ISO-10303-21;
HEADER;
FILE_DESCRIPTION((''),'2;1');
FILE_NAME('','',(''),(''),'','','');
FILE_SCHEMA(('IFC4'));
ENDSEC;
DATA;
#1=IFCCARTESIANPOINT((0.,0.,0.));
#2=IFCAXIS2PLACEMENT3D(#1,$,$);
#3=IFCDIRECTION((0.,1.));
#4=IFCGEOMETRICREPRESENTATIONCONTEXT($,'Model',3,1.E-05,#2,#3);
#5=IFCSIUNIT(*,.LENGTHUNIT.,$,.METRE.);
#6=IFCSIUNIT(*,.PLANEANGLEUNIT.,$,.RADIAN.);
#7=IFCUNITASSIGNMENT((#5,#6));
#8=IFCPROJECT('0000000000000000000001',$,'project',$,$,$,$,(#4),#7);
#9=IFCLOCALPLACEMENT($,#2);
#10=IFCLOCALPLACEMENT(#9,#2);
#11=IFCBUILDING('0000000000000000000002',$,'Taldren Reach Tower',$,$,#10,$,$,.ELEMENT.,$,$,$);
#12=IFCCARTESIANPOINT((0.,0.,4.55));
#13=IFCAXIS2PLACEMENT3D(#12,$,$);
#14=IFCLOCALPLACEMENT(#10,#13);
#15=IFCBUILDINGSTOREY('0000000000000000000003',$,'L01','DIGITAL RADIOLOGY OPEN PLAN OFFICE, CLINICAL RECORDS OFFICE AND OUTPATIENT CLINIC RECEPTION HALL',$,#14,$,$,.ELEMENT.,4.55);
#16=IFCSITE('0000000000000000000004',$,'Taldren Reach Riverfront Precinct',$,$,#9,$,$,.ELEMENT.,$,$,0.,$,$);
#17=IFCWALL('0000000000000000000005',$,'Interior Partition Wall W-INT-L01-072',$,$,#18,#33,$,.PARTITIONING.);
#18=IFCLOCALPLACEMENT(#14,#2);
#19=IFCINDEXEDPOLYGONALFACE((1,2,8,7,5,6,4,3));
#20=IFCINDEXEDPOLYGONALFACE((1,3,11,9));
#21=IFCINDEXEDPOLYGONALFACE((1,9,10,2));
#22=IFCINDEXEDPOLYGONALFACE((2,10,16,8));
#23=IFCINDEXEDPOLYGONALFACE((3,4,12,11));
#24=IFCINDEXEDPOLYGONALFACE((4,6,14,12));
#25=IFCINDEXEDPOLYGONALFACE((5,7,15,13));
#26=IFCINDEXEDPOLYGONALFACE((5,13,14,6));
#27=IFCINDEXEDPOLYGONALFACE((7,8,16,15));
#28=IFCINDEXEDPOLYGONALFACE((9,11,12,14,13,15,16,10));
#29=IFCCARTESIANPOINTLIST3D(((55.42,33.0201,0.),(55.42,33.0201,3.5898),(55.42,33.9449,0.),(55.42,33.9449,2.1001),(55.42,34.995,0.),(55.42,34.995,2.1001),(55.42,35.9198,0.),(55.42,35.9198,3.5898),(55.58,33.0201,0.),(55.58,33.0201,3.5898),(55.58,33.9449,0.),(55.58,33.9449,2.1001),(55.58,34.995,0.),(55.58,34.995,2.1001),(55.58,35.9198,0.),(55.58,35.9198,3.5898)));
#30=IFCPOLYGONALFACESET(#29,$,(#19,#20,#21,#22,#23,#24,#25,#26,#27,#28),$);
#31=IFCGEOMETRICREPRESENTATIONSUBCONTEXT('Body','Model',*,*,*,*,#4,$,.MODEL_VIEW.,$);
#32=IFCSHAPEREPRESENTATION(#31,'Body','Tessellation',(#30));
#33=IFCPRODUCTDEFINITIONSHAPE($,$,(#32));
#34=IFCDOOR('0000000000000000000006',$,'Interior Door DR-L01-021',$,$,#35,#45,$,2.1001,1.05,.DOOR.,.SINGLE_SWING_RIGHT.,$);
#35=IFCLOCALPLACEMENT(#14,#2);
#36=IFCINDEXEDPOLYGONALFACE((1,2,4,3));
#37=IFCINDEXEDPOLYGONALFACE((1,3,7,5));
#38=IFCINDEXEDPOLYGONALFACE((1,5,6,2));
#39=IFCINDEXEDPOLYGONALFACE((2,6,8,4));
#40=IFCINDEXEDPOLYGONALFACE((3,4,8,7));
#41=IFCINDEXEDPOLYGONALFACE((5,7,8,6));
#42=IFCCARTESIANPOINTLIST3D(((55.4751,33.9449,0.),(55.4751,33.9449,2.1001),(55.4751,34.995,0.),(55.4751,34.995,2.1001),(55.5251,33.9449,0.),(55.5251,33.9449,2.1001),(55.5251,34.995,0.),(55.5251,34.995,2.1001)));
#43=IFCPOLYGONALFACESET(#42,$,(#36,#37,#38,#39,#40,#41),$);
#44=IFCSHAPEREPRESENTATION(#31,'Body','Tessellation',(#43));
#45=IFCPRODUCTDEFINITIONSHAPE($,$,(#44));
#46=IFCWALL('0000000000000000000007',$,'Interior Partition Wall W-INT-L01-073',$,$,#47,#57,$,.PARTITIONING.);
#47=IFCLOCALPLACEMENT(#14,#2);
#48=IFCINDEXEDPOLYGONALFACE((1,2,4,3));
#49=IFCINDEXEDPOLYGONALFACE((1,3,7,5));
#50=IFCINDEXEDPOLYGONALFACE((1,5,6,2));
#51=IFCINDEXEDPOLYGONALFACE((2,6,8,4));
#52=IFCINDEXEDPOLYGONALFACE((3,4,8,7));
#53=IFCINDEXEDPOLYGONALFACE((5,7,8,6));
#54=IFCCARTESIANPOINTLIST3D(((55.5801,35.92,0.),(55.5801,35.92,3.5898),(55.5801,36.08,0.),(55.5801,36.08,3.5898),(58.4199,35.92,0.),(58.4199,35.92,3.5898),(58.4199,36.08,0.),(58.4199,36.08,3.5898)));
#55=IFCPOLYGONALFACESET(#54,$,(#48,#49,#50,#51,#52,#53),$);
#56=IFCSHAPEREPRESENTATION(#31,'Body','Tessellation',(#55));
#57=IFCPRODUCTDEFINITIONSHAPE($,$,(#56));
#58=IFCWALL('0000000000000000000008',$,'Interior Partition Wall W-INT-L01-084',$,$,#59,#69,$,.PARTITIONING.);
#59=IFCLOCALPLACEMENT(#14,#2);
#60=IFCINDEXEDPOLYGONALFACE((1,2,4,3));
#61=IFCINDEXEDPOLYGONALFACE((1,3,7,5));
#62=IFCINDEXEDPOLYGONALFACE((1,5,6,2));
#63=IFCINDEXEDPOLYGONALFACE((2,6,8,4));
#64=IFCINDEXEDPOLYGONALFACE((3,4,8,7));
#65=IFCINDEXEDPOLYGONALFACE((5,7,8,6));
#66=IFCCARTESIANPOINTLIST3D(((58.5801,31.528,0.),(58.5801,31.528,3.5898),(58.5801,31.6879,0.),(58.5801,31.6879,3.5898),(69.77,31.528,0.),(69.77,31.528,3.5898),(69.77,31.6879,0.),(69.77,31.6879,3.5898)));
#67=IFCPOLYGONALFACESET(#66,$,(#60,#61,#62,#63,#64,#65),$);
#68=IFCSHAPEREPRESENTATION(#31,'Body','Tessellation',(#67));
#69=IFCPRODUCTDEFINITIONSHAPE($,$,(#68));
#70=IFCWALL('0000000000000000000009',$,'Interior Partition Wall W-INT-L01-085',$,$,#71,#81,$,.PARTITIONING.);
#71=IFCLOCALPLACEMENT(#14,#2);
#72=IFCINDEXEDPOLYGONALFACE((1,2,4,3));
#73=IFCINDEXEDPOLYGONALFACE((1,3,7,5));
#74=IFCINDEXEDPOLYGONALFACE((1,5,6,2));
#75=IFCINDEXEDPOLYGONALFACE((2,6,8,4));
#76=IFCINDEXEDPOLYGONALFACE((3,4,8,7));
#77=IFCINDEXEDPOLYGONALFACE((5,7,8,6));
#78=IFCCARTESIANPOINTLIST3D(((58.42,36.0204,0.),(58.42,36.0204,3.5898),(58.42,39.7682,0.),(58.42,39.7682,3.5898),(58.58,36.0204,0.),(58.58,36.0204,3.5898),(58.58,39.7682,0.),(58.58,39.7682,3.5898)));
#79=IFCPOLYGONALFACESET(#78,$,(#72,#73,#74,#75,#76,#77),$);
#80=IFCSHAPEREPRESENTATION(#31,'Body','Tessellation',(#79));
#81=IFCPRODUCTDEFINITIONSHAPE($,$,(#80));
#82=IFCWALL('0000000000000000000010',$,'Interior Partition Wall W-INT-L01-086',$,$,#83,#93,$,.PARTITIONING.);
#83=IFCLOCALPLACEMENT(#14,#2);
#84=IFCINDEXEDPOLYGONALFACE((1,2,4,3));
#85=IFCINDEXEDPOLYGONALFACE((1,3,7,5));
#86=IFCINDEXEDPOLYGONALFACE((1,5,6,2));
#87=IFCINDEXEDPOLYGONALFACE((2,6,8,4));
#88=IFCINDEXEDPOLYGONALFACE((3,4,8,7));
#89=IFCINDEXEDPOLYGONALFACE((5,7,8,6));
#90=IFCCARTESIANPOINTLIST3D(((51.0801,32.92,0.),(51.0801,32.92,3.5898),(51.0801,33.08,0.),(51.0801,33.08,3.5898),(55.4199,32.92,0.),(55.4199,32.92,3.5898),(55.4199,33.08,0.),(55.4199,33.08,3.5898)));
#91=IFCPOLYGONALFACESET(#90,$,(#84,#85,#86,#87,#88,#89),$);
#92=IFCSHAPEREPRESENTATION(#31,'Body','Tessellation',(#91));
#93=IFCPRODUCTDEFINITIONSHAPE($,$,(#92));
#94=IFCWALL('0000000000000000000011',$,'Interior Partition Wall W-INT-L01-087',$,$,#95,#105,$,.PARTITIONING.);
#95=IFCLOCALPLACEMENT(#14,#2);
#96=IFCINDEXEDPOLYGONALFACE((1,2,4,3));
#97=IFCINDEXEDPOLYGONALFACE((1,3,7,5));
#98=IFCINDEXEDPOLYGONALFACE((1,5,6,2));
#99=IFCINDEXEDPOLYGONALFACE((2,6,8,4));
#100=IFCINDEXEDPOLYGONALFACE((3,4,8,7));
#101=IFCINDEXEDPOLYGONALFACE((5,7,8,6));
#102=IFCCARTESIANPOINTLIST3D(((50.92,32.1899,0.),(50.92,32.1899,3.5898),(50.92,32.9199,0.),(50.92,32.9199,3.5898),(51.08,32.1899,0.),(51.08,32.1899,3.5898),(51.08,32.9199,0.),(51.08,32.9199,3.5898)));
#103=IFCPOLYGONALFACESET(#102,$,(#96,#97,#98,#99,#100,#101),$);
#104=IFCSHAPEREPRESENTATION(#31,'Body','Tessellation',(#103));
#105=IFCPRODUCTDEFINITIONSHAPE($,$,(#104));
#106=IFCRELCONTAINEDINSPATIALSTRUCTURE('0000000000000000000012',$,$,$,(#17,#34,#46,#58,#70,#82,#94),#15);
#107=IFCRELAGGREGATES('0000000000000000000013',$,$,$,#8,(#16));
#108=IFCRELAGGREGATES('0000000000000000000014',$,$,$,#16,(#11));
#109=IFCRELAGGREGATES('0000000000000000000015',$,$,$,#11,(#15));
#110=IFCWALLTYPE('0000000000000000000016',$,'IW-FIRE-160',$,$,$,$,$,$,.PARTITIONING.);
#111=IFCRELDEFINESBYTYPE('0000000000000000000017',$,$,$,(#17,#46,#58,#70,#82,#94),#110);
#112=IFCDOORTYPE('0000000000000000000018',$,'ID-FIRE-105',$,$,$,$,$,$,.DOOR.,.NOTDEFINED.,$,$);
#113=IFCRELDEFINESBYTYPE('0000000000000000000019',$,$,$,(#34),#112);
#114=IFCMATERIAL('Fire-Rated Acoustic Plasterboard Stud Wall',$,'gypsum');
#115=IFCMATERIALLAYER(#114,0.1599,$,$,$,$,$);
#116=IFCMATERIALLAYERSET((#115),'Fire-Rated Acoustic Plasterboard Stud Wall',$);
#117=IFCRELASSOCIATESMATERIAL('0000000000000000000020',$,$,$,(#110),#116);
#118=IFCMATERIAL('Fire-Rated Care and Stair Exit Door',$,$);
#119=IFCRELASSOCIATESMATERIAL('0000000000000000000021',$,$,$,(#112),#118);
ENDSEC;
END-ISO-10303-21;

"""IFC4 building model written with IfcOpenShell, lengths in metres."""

from ifc_helpers import new_model, si_unit, direction, frame, frame_2d, origin, place, context, subcontext, project, spatial, rectangle, extrude, source, transform, mapped, material, layer, layer_set, type_object, element, fill, save


model = new_model("IFC4")

# Units and contexts
model_context = context("Model", 3, precision=1e-05, world=origin(), true_north=direction((0.0, 1.0)))
body_context = subcontext(model_context, "Body", "Model", "MODEL_VIEW")
ifc_project = project(units=[si_unit("LENGTHUNIT", "METRE"), si_unit("PLANEANGLEUNIT", "RADIAN")], contexts=[model_context])

# Site, building, storey
site_placement = place(None, origin())
site = spatial("IfcSite", under=ifc_project, at=site_placement, Name="Taldren Reach Riverfront Precinct", CompositionType="ELEMENT", RefElevation=0.0)
building_placement = place(site_placement, origin())
building = spatial("IfcBuilding", under=site, at=building_placement, Name="Taldren Reach Tower", CompositionType="ELEMENT")
storey_placement = place(building_placement, frame((0.0, 0.0, 4.55)))
storey = spatial("IfcBuildingStorey", under=building, at=storey_placement, Name="L01", Description="DIGITAL RADIOLOGY OPEN PLAN OFFICE, CLINICAL RECORDS OFFICE AND OUTPATIENT CLINIC RECEPTION HALL", CompositionType="ELEMENT", Elevation=4.55)

# Shared definitions
ifc_material_1 = material(Name="Fire-Rated Acoustic Plasterboard Stud Wall", Category="gypsum")
ifc_layer = layer(ifc_material_1, 0.1599)
ifc_layer_set = layer_set([ifc_layer], Name="Fire-Rated Acoustic Plasterboard Stud Wall")
wall_type = type_object("IfcWallType", Name="IW-FIRE-160", PredefinedType="PARTITIONING", material=ifc_layer_set)
shared_shape_1 = source(origin(), body_context, "Body", "SweptSolid", [
    extrude(rectangle(XDim=1.05, YDim=2.1001, at=frame_2d((0.5249, 1.05))), frame((0.0, 0.0898, 0.0), z_axis=(0.0, -1.0, 0.0), x_axis=(1.0, 0.0, 0.0)), (0.0, 0.0, 1.0), 0.1799),
])
ifc_material_2 = material(Name="Fire-Rated Care and Stair Exit Door")
door_type = type_object("IfcDoorType", Name="ID-FIRE-105", OperationType="NOTDEFINED", PredefinedType="DOOR", material=ifc_material_2)
shared_shape_2 = source(origin(), body_context, "Body", "SweptSolid", [
    extrude(rectangle(XDim=1.05, YDim=2.1001, at=frame_2d((0.5249, 1.05))), frame((0.0, 0.0249, 0.0), z_axis=(0.0, -1.0, 0.0), x_axis=(1.0, 0.0, 0.0)), (0.0, 0.0, 1.0), 0.05),
])

# Wall, opening, door
shared_shape_3 = source(origin(), body_context, "Body", "SweptSolid", [
    extrude(rectangle(XDim=2.8997, YDim=0.1599, at=frame_2d((1.4497, 0.0))), origin(), (0.0, 0.0, 1.0), 3.5898),
])
wall_1_placement = place(storey_placement, frame((55.5, 33.0203, 0.0), z_axis=(0.0, 0.0, 1.0), x_axis=(0.0, 1.0, 0.0)))
wall_1 = element("IfcWall", 1, at=wall_1_placement, inside=storey, type_object=wall_type, Name="Interior Partition Wall W-INT-L01-072", PredefinedType="PARTITIONING", context=body_context, shape_type="MappedRepresentation", body=[
    mapped(shared_shape_3, transform((0.0, 0.0, 0.0), scale=1.0)),
])
opening_1_placement = place(wall_1_placement, frame((0.9248, 0.0, 0.0)))
opening_1 = element("IfcOpeningElement", 2, at=opening_1_placement, cuts=wall_1, PredefinedType="OPENING", context=body_context, shape_type="MappedRepresentation", body=[
    mapped(shared_shape_1, transform((0.0, 0.0, 0.0), scale=1.0)),
])
door_1_placement = place(opening_1_placement, origin())
door_1 = element("IfcDoor", 3, at=door_1_placement, inside=storey, type_object=door_type, Name="Interior Door DR-L01-021", OperationType="SINGLE_SWING_RIGHT", OverallHeight=2.1001, OverallWidth=1.05, PredefinedType="DOOR", context=body_context, shape_type="MappedRepresentation", body=[
    mapped(shared_shape_2, transform((0.0, 0.0, 0.0), scale=1.0)),
])
fill(opening_1, door_1)

# Walls
shared_shape_4 = source(origin(), body_context, "Body", "SweptSolid", [
    extrude(rectangle(XDim=2.8398, YDim=0.1599, at=frame_2d((1.4199, 0.0))), origin(), (0.0, 0.0, 1.0), 3.5898),
])
wall_2_placement = place(storey_placement, frame((55.5801, 36.0, 0.0), z_axis=(0.0, 0.0, 1.0), x_axis=(1.0, 0.0, 0.0)))
element("IfcWall", 4, at=wall_2_placement, inside=storey, type_object=wall_type, Name="Interior Partition Wall W-INT-L01-073", PredefinedType="PARTITIONING", context=body_context, shape_type="MappedRepresentation", body=[
    mapped(shared_shape_4, transform((0.0, 0.0, 0.0), scale=1.0)),
])
shared_shape_5 = source(origin(), body_context, "Body", "SweptSolid", [
    extrude(rectangle(XDim=11.1899, YDim=0.1599, at=frame_2d((5.595, 0.0))), origin(), (0.0, 0.0, 1.0), 3.5898),
])
wall_3_placement = place(storey_placement, frame((58.5801, 31.6079, 0.0), z_axis=(0.0, 0.0, 1.0), x_axis=(1.0, 0.0, 0.0)))
element("IfcWall", 5, at=wall_3_placement, inside=storey, type_object=wall_type, Name="Interior Partition Wall W-INT-L01-084", PredefinedType="PARTITIONING", context=body_context, shape_type="MappedRepresentation", body=[
    mapped(shared_shape_5, transform((0.0, 0.0, 0.0), scale=1.0)),
])
shared_shape_6 = source(origin(), body_context, "Body", "SweptSolid", [
    extrude(rectangle(XDim=3.7478, YDim=0.1599, at=frame_2d((1.874, 0.0))), origin(), (0.0, 0.0, 1.0), 3.5898),
])
wall_4_placement = place(storey_placement, frame((58.5, 36.0203, 0.0), z_axis=(0.0, 0.0, 1.0), x_axis=(0.0, 1.0, 0.0)))
element("IfcWall", 6, at=wall_4_placement, inside=storey, type_object=wall_type, Name="Interior Partition Wall W-INT-L01-085", PredefinedType="PARTITIONING", context=body_context, shape_type="MappedRepresentation", body=[
    mapped(shared_shape_6, transform((0.0, 0.0, 0.0), scale=1.0)),
])
shared_shape_7 = source(origin(), body_context, "Body", "SweptSolid", [
    extrude(rectangle(XDim=4.3398, YDim=0.1599, at=frame_2d((2.1699, 0.0))), origin(), (0.0, 0.0, 1.0), 3.5898),
])
wall_5_placement = place(storey_placement, frame((51.0801, 33.0, 0.0), z_axis=(0.0, 0.0, 1.0), x_axis=(1.0, 0.0, 0.0)))
element("IfcWall", 7, at=wall_5_placement, inside=storey, type_object=wall_type, Name="Interior Partition Wall W-INT-L01-086", PredefinedType="PARTITIONING", context=body_context, shape_type="MappedRepresentation", body=[
    mapped(shared_shape_7, transform((0.0, 0.0, 0.0), scale=1.0)),
])
shared_shape_8 = source(origin(), body_context, "Body", "SweptSolid", [
    extrude(rectangle(XDim=0.73, YDim=0.1599, at=frame_2d((0.365, 0.0))), origin(), (0.0, 0.0, 1.0), 3.5898),
])
wall_6_placement = place(storey_placement, frame((51.0, 32.1899, 0.0), z_axis=(0.0, 0.0, 1.0), x_axis=(0.0, 1.0, 0.0)))
element("IfcWall", 8, at=wall_6_placement, inside=storey, type_object=wall_type, Name="Interior Partition Wall W-INT-L01-087", PredefinedType="PARTITIONING", context=body_context, shape_type="MappedRepresentation", body=[
    mapped(shared_shape_8, transform((0.0, 0.0, 0.0), scale=1.0)),
])

save(model, "model.ifc")
